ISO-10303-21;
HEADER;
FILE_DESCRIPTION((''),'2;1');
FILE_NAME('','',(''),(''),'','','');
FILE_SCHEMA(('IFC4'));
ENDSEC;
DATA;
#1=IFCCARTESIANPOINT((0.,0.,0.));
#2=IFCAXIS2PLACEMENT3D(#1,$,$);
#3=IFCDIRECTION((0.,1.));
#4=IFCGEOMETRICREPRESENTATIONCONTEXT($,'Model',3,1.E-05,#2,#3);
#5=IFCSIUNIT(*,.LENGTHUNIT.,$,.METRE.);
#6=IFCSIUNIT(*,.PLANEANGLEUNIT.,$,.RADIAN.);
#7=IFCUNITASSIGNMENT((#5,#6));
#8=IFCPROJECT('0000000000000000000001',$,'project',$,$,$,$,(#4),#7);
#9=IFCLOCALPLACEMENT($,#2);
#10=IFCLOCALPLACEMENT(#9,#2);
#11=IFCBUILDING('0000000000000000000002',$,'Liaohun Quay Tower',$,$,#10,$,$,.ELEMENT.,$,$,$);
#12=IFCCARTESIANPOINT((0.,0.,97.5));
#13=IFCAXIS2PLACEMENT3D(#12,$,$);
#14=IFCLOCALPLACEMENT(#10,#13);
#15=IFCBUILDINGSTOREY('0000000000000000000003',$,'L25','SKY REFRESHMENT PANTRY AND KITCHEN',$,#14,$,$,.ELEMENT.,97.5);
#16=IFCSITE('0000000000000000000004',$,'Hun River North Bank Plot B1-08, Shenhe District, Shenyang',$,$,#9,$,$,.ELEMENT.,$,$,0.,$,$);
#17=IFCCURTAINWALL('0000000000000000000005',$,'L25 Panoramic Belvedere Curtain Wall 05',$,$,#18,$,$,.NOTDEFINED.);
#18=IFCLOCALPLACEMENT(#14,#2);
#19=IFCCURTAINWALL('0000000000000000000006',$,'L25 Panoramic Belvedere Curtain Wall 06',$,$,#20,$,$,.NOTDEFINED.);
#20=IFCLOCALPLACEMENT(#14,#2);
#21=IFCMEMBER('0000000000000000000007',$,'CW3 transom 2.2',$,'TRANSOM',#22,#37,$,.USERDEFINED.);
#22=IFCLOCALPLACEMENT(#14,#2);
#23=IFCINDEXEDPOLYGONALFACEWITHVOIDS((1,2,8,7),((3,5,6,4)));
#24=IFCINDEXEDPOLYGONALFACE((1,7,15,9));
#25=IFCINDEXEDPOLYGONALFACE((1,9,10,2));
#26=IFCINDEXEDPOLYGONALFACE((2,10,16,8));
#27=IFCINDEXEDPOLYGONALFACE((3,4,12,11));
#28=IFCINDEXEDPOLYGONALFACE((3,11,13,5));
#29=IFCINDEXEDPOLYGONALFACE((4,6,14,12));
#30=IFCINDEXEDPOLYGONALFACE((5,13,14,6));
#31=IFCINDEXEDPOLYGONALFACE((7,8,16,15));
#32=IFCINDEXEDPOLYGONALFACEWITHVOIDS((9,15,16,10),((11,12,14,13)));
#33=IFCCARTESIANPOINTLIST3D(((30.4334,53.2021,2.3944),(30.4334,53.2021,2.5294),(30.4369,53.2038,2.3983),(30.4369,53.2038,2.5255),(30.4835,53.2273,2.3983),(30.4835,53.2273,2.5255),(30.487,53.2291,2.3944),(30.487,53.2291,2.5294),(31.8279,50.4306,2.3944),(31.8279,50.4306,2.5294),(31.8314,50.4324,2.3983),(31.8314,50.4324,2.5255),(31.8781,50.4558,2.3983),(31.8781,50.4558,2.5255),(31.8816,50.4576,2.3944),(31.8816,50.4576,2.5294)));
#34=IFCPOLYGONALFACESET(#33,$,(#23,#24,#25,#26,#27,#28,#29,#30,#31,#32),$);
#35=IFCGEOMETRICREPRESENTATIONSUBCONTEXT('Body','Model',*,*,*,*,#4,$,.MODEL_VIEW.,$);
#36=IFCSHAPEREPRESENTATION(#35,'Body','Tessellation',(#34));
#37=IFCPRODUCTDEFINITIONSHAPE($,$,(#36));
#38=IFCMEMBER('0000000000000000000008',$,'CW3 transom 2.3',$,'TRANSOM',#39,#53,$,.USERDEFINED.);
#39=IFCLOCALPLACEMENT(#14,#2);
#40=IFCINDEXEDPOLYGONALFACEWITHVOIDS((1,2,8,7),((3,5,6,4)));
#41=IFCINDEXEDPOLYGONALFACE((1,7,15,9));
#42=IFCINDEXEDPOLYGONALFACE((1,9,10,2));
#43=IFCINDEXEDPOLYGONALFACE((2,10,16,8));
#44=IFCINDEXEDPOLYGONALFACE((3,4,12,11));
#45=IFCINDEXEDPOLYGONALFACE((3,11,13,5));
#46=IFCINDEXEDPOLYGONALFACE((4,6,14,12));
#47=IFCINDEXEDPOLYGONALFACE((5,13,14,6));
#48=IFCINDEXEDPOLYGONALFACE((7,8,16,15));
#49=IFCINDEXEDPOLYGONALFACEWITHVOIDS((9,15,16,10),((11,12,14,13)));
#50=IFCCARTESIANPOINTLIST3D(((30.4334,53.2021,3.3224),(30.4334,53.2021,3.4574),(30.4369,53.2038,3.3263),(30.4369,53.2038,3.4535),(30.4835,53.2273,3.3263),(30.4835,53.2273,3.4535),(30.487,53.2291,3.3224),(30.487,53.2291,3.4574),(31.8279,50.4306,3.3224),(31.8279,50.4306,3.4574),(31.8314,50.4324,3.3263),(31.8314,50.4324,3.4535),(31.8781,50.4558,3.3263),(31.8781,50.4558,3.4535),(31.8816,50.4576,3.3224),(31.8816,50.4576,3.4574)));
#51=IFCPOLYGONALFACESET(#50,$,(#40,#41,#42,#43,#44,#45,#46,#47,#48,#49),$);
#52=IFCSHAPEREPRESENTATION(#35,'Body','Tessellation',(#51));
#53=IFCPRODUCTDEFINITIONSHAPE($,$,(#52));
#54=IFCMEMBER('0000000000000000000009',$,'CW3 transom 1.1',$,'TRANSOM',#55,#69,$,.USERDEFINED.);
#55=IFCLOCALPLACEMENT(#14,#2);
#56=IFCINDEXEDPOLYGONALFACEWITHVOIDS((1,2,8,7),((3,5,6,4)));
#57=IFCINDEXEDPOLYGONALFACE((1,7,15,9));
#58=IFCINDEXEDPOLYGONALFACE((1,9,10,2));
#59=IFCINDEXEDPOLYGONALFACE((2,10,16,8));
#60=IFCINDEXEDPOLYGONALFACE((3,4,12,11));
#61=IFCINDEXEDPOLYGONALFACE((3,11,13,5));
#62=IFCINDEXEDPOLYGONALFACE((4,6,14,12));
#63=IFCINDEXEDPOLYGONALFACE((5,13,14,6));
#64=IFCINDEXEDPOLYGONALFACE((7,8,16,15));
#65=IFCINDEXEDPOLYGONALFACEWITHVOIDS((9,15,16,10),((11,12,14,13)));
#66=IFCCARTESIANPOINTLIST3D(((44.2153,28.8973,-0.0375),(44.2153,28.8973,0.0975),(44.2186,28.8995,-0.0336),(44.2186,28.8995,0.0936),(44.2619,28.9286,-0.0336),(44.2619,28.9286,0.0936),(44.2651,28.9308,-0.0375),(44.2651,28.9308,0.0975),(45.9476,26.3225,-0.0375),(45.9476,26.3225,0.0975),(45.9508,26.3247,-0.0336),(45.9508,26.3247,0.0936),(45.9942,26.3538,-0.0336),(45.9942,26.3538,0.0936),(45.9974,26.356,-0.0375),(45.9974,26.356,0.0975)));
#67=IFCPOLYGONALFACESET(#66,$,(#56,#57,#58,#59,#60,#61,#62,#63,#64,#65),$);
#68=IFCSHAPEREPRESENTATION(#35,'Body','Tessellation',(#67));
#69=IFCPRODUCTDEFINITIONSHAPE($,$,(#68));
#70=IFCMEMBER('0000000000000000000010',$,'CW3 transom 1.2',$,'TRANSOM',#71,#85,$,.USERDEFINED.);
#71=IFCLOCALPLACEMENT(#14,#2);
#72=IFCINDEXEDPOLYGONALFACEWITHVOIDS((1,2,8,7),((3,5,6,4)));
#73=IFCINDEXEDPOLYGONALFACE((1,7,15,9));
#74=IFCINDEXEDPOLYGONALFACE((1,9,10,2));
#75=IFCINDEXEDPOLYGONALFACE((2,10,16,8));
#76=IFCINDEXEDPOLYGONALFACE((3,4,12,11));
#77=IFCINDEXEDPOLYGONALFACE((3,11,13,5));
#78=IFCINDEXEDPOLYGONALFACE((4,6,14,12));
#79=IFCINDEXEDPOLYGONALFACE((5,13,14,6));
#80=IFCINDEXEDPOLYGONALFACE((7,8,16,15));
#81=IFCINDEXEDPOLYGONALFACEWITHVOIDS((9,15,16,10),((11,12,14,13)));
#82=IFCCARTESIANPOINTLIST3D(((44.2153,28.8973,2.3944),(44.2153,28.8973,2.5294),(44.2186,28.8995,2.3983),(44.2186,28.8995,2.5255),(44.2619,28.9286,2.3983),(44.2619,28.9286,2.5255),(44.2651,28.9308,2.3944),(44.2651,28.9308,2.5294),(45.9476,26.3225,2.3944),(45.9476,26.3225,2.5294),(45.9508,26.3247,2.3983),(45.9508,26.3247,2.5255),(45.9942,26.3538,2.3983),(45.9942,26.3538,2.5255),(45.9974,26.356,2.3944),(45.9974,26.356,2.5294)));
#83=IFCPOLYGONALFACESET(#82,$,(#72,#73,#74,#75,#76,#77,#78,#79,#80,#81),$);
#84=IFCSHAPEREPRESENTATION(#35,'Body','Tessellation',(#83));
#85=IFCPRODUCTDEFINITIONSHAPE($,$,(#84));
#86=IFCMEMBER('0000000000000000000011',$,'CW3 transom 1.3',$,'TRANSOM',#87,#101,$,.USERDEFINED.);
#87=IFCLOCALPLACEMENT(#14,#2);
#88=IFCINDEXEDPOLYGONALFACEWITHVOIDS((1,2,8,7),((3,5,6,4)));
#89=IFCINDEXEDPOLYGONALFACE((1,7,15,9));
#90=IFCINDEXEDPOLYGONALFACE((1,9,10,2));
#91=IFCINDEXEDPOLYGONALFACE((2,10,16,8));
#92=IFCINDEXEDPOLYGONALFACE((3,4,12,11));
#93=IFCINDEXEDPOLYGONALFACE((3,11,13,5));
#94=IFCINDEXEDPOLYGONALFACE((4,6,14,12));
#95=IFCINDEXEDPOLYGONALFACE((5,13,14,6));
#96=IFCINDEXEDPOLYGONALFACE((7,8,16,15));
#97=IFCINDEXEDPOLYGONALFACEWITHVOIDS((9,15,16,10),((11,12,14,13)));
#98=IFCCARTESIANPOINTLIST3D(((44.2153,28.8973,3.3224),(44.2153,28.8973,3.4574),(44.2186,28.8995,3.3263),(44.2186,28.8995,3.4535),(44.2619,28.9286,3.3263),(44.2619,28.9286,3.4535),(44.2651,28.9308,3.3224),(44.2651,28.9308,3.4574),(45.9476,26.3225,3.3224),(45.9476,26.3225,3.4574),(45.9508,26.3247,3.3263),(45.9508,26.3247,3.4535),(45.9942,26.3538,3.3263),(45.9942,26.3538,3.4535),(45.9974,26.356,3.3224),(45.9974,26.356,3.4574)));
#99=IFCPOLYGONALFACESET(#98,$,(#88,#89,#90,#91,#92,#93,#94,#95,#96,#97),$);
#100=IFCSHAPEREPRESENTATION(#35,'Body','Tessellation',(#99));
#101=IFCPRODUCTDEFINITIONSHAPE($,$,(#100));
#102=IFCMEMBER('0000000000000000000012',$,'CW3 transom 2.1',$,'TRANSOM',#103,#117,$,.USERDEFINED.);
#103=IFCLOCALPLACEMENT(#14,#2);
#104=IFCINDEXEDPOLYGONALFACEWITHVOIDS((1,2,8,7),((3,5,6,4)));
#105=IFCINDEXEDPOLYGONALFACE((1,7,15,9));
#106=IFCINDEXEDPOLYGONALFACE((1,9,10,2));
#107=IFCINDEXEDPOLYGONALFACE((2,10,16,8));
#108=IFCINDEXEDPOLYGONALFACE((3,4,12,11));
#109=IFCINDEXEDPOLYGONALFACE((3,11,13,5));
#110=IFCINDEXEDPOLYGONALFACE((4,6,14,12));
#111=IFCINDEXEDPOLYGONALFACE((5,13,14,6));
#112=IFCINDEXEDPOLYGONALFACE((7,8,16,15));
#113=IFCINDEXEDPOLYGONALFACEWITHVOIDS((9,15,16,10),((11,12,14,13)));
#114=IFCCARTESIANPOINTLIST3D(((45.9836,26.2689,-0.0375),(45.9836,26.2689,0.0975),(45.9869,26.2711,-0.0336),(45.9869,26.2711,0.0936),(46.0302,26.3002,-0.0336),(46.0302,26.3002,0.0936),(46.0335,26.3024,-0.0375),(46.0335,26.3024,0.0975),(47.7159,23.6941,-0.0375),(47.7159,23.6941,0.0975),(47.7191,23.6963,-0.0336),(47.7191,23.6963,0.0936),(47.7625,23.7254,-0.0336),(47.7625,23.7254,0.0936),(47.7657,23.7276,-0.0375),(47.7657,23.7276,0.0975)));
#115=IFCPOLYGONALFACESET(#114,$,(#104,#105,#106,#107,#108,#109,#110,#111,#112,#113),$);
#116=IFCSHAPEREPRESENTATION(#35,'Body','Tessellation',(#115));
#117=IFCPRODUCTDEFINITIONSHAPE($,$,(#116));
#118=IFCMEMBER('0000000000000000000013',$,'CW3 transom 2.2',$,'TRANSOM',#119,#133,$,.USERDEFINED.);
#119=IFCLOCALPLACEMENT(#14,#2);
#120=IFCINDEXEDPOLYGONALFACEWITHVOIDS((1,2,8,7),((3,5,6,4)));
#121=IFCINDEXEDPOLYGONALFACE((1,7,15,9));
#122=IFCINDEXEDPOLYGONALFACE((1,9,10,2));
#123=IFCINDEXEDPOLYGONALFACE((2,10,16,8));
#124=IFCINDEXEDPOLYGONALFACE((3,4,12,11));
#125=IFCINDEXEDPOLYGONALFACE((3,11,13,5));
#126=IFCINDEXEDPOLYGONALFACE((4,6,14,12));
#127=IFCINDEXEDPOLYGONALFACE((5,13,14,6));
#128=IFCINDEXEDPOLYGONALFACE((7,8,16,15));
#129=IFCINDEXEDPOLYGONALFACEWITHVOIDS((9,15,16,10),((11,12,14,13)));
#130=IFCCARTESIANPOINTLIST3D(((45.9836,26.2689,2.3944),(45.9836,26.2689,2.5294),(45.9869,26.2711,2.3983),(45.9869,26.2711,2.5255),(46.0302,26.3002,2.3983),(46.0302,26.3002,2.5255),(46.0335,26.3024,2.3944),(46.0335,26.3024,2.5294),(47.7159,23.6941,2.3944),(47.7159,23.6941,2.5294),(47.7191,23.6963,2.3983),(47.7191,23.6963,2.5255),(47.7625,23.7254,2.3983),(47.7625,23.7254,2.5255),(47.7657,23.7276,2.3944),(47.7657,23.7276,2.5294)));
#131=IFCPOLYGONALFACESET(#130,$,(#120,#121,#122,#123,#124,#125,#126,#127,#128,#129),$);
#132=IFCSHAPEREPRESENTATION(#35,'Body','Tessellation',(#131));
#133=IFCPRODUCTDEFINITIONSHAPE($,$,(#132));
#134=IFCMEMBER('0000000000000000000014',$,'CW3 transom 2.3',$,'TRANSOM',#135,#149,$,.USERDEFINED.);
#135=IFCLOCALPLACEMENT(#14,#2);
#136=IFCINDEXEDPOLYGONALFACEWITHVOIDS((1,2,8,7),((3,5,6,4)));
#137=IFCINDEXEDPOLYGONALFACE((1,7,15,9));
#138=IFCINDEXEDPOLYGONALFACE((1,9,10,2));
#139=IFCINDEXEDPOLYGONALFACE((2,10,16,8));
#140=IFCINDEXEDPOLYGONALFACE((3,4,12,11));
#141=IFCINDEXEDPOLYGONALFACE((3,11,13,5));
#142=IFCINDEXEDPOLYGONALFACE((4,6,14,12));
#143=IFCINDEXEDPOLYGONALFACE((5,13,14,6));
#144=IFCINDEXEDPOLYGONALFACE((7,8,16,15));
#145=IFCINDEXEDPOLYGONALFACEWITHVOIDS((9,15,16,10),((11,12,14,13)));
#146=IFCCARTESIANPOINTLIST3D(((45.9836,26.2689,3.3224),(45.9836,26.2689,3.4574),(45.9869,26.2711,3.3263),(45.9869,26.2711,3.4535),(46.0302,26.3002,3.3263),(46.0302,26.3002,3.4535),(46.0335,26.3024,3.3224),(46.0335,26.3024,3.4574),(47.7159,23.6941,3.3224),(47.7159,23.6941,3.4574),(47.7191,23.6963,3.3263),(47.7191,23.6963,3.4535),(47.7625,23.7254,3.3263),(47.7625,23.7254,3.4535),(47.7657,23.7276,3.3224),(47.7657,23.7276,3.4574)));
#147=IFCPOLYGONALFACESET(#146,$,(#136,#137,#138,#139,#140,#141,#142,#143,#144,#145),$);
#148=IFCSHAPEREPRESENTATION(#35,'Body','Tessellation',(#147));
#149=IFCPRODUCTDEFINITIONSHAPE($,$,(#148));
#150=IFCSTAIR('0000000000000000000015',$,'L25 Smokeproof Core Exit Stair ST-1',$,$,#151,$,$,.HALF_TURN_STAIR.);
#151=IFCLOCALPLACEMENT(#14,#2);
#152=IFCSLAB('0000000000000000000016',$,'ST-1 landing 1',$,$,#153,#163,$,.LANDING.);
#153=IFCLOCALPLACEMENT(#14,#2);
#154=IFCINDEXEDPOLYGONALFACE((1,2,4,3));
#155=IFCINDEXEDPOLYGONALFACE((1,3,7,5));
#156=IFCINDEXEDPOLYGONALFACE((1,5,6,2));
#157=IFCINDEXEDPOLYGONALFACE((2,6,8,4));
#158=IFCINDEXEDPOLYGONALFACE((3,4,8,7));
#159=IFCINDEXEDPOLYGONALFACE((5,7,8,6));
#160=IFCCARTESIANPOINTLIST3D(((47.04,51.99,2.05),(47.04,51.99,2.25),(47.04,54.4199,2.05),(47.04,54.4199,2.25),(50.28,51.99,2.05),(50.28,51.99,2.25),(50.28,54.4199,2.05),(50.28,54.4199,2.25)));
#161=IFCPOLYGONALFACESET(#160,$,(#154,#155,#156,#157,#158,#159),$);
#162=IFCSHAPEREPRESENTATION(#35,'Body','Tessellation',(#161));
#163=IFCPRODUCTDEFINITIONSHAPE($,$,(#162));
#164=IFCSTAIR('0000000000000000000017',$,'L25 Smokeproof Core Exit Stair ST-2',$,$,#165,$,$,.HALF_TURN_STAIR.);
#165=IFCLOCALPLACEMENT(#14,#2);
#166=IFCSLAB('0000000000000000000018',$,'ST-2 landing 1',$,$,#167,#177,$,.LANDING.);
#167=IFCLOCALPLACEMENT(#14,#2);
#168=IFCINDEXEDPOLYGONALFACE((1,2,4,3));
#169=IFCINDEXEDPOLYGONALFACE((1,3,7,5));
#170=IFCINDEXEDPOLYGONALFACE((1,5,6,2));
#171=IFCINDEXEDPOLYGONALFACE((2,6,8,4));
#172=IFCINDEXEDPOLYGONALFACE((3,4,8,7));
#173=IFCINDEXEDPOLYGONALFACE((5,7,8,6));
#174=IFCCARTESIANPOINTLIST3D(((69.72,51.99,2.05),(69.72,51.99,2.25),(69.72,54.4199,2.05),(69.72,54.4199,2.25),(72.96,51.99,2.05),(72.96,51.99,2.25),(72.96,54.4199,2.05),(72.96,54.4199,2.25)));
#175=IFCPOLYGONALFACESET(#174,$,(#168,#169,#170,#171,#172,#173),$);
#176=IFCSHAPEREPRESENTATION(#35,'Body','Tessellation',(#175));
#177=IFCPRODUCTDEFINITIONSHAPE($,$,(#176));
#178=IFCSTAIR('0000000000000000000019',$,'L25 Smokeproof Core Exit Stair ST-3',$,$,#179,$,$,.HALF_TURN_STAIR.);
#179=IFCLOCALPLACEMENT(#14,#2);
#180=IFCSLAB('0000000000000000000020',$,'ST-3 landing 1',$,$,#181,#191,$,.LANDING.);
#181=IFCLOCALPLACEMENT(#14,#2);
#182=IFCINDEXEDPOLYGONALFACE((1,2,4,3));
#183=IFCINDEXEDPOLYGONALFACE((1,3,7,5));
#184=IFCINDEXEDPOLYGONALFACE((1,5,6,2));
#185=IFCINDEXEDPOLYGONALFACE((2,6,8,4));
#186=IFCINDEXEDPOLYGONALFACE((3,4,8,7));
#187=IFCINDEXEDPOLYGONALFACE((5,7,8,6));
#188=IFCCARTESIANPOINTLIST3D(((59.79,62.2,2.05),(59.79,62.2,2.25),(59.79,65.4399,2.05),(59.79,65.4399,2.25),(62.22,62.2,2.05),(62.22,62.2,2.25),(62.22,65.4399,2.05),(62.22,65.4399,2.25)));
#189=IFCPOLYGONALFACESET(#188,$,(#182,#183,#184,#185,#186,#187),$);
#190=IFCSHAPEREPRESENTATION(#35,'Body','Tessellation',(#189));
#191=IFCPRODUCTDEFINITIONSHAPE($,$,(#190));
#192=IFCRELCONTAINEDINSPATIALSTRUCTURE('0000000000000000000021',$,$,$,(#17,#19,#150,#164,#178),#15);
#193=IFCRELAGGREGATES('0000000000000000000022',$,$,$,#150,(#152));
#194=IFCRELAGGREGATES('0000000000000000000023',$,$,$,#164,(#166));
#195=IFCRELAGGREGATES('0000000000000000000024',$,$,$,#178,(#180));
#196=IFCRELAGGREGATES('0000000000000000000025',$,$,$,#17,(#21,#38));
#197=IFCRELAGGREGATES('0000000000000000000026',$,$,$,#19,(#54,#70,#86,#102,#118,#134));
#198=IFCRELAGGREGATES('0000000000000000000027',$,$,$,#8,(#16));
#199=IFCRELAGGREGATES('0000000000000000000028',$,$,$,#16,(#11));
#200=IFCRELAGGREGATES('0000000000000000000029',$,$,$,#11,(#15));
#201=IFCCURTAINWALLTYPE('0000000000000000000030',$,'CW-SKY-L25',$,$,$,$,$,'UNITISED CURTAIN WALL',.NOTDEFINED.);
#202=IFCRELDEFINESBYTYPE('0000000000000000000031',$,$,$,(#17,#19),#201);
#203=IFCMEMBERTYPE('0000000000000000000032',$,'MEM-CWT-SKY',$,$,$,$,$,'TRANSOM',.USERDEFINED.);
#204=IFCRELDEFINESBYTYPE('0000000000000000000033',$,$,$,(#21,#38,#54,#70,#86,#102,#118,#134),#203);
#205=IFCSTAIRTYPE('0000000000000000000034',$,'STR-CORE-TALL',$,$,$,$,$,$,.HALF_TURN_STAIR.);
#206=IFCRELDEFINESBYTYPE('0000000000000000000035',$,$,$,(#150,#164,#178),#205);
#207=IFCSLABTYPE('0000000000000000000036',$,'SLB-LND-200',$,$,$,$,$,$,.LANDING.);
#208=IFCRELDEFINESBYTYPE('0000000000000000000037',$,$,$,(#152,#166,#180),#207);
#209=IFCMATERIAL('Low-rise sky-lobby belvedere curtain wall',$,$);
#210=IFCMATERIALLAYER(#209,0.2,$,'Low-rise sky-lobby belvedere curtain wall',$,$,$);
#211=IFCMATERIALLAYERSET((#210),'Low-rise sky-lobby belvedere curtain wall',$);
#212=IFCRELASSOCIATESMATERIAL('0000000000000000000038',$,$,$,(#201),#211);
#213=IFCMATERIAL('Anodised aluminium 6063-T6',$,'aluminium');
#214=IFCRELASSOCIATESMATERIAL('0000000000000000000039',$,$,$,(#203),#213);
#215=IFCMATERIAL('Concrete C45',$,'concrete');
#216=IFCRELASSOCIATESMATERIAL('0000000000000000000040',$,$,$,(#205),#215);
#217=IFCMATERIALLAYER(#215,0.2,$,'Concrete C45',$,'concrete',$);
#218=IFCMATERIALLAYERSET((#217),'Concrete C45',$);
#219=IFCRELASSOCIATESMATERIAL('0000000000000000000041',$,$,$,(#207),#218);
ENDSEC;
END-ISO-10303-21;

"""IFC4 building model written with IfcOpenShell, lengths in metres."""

from ifc_helpers import new_model, si_unit, direction, frame, origin, origin_2d, place, context, subcontext, project, spatial, polyline, hollow_rectangle, outline, extrude, source, transform, mapped, material, layer, layer_set, material_profile, profile_set, type_object, element, aggregate, save


model = new_model("IFC4")

# Units and contexts
model_context = context("Model", 3, precision=1e-05, world=origin(), true_north=direction((0.0, 1.0)))
body_context = subcontext(model_context, "Body", "Model", "MODEL_VIEW")
ifc_project = project(units=[si_unit("LENGTHUNIT", "METRE"), si_unit("PLANEANGLEUNIT", "RADIAN")], contexts=[model_context])

# Site, building, storey
site_placement = place(None, origin())
site = spatial("IfcSite", under=ifc_project, at=site_placement, Name="Hun River North Bank Plot B1-08, Shenhe District, Shenyang", CompositionType="ELEMENT", RefElevation=0.0)
building_placement = place(site_placement, origin())
building = spatial("IfcBuilding", under=site, at=building_placement, Name="Liaohun Quay Tower", CompositionType="ELEMENT")
storey_placement = place(building_placement, frame((0.0, 0.0, 97.5)))
storey = spatial("IfcBuildingStorey", under=building, at=storey_placement, Name="L25", Description="SKY REFRESHMENT PANTRY AND KITCHEN", CompositionType="ELEMENT", Elevation=97.5)

# Curtain walls
ifc_material_1 = material(Name="Low-rise sky-lobby belvedere curtain wall")
ifc_layer_1 = layer(ifc_material_1, 0.2, Name="Low-rise sky-lobby belvedere curtain wall")
ifc_layer_set_1 = layer_set([ifc_layer_1], Name="Low-rise sky-lobby belvedere curtain wall")
curtain_wall_type = type_object("IfcCurtainWallType", Name="CW-SKY-L25", ElementType="UNITISED CURTAIN WALL", PredefinedType="NOTDEFINED", material=ifc_layer_set_1)
curtain_wall_1_placement = place(storey_placement, origin())
curtain_wall_1 = element("IfcCurtainWall", 1, at=curtain_wall_1_placement, inside=storey, type_object=curtain_wall_type, Name="L25 Panoramic Belvedere Curtain Wall 05", PredefinedType="NOTDEFINED")
ifc_material_2 = material(Name="Anodised aluminium 6063-T6", Category="aluminium")
curtain_wall_2_placement = place(storey_placement, origin())
curtain_wall_2 = element("IfcCurtainWall", 2, at=curtain_wall_2_placement, inside=storey, type_object=curtain_wall_type, Name="L25 Panoramic Belvedere Curtain Wall 06", PredefinedType="NOTDEFINED")

# Members
ifc_material_profile_1 = material_profile(ifc_material_2, hollow_rectangle(XDim=0.0601, YDim=0.135, WallThickness=0.0039, at=origin_2d()), Name="RHS135x60x4")
ifc_profile_set_1 = profile_set([ifc_material_profile_1], Name="Anodised aluminium 6063-T6")
member_type_1 = type_object("IfcMemberType", Name="MEM-CWT-SKY", ElementType="TRANSOM", PredefinedType="USERDEFINED", material=ifc_profile_set_1)
shared_shape_1 = source(origin(), body_context, "Body", "SweptSolid", [
    extrude(hollow_rectangle(XDim=0.0601, YDim=0.135, WallThickness=0.0039, at=origin_2d()), origin(), (0.0, 0.0, 1.0), 3.1025),
])
member_1_placement = place(storey_placement, frame((30.4602, 53.2156, 2.4619), z_axis=(0.449478, -0.893291, 0.0), x_axis=(0.893291, 0.449478, 0.0)))
member_1 = element("IfcMember", 3, at=member_1_placement, type_object=member_type_1, Name="CW3 transom 2.2", ObjectType="TRANSOM", PredefinedType="USERDEFINED", context=body_context, shape_type="MappedRepresentation", body=[
    mapped(shared_shape_1, transform((0.0, 0.0, 0.0), x_axis=(1.0, 0.0, 0.0), y_axis=(0.0, 1.0, 0.0), z_axis=(0.0, 0.0, 1.0), scale=1.0)),
])
member_2_placement = place(storey_placement, frame((30.4602, 53.2156, 3.3899), z_axis=(0.449478, -0.893291, 0.0), x_axis=(0.893291, 0.449478, 0.0)))
member_2 = element("IfcMember", 4, at=member_2_placement, type_object=member_type_1, Name="CW3 transom 2.3", ObjectType="TRANSOM", PredefinedType="USERDEFINED", context=body_context, shape_type="MappedRepresentation", body=[
    mapped(shared_shape_1, transform((0.0, 0.0, 0.0), x_axis=(1.0, 0.0, 0.0), y_axis=(0.0, 1.0, 0.0), z_axis=(0.0, 0.0, 1.0), scale=1.0)),
])
shared_shape_2 = source(origin(), body_context, "Body", "SweptSolid", [
    extrude(hollow_rectangle(XDim=0.0601, YDim=0.135, WallThickness=0.0039, at=origin_2d()), origin(), (0.0, 0.0, 1.0), 3.1033),
])
member_3_placement = place(storey_placement, frame((44.2402, 28.9141, 0.03), z_axis=(0.558199, -0.829707, 0.0), x_axis=(0.829707, 0.558199, 0.0)))
member_3 = element("IfcMember", 5, at=member_3_placement, type_object=member_type_1, Name="CW3 transom 1.1", ObjectType="TRANSOM", PredefinedType="USERDEFINED", context=body_context, shape_type="MappedRepresentation", body=[
    mapped(shared_shape_2, transform((0.0, 0.0, 0.0), x_axis=(1.0, 0.0, 0.0), y_axis=(0.0, 1.0, 0.0), z_axis=(0.0, 0.0, 1.0), scale=1.0)),
])
member_4_placement = place(storey_placement, frame((44.2402, 28.9141, 2.4619), z_axis=(0.558199, -0.829707, 0.0), x_axis=(0.829707, 0.558199, 0.0)))
member_4 = element("IfcMember", 6, at=member_4_placement, type_object=member_type_1, Name="CW3 transom 1.2", ObjectType="TRANSOM", PredefinedType="USERDEFINED", context=body_context, shape_type="MappedRepresentation", body=[
    mapped(shared_shape_2, transform((0.0, 0.0, 0.0), x_axis=(1.0, 0.0, 0.0), y_axis=(0.0, 1.0, 0.0), z_axis=(0.0, 0.0, 1.0), scale=1.0)),
])
member_5_placement = place(storey_placement, frame((44.2402, 28.9141, 3.3899), z_axis=(0.558199, -0.829707, 0.0), x_axis=(0.829707, 0.558199, 0.0)))
member_5 = element("IfcMember", 7, at=member_5_placement, type_object=member_type_1, Name="CW3 transom 1.3", ObjectType="TRANSOM", PredefinedType="USERDEFINED", context=body_context, shape_type="MappedRepresentation", body=[
    mapped(shared_shape_2, transform((0.0, 0.0, 0.0), x_axis=(1.0, 0.0, 0.0), y_axis=(0.0, 1.0, 0.0), z_axis=(0.0, 0.0, 1.0), scale=1.0)),
])
member_6_placement = place(storey_placement, frame((46.0085, 26.2856, 0.03), z_axis=(0.558199, -0.829707, 0.0), x_axis=(0.829707, 0.558199, 0.0)))
member_6 = element("IfcMember", 8, at=member_6_placement, type_object=member_type_1, Name="CW3 transom 2.1", ObjectType="TRANSOM", PredefinedType="USERDEFINED", context=body_context, shape_type="MappedRepresentation", body=[
    mapped(shared_shape_2, transform((0.0, 0.0, 0.0), x_axis=(1.0, 0.0, 0.0), y_axis=(0.0, 1.0, 0.0), z_axis=(0.0, 0.0, 1.0), scale=1.0)),
])
member_7_placement = place(storey_placement, frame((46.0085, 26.2856, 2.4619), z_axis=(0.558199, -0.829707, 0.0), x_axis=(0.829707, 0.558199, 0.0)))
member_7 = element("IfcMember", 9, at=member_7_placement, type_object=member_type_1, Name="CW3 transom 2.2", ObjectType="TRANSOM", PredefinedType="USERDEFINED", context=body_context, shape_type="MappedRepresentation", body=[
    mapped(shared_shape_2, transform((0.0, 0.0, 0.0), x_axis=(1.0, 0.0, 0.0), y_axis=(0.0, 1.0, 0.0), z_axis=(0.0, 0.0, 1.0), scale=1.0)),
])
member_8_placement = place(storey_placement, frame((46.0085, 26.2856, 3.3899), z_axis=(0.558199, -0.829707, 0.0), x_axis=(0.829707, 0.558199, 0.0)))
member_8 = element("IfcMember", 10, at=member_8_placement, type_object=member_type_1, Name="CW3 transom 2.3", ObjectType="TRANSOM", PredefinedType="USERDEFINED", context=body_context, shape_type="MappedRepresentation", body=[
    mapped(shared_shape_2, transform((0.0, 0.0, 0.0), x_axis=(1.0, 0.0, 0.0), y_axis=(0.0, 1.0, 0.0), z_axis=(0.0, 0.0, 1.0), scale=1.0)),
])

# Stairs, slabs
ifc_material_3 = material(Name="Concrete C45", Category="concrete")
stair_type = type_object("IfcStairType", Name="STR-CORE-TALL", PredefinedType="HALF_TURN_STAIR", material=ifc_material_3)
stair_1_placement = place(storey_placement, origin())
stair_1 = element("IfcStair", 11, at=stair_1_placement, inside=storey, type_object=stair_type, Name="L25 Smokeproof Core Exit Stair ST-1", PredefinedType="HALF_TURN_STAIR")
ifc_layer_2 = layer(ifc_material_3, 0.2, Name="Concrete C45", Category="concrete")
ifc_layer_set_2 = layer_set([ifc_layer_2], Name="Concrete C45")
slab_type_1 = type_object("IfcSlabType", Name="SLB-LND-200", PredefinedType="LANDING", material=ifc_layer_set_2)
slab_1_placement = place(storey_placement, frame((0.0, 0.0, 2.05)))
slab_1 = element("IfcSlab", 12, at=slab_1_placement, type_object=slab_type_1, Name="ST-1 landing 1", PredefinedType="LANDING", context=body_context, shape_type="SweptSolid", body=[
    extrude(outline(polyline([(50.28, 51.99), (50.28, 54.4199), (47.04, 54.4199), (47.04, 51.99), (50.28, 51.99)])), origin(), (0.0, 0.0, 1.0), 0.2),
])
aggregate(stair_1, [slab_1])
stair_2_placement = place(storey_placement, origin())
stair_2 = element("IfcStair", 13, at=stair_2_placement, inside=storey, type_object=stair_type, Name="L25 Smokeproof Core Exit Stair ST-2", PredefinedType="HALF_TURN_STAIR")
slab_2_placement = place(storey_placement, frame((0.0, 0.0, 2.05)))
slab_2 = element("IfcSlab", 14, at=slab_2_placement, type_object=slab_type_1, Name="ST-2 landing 1", PredefinedType="LANDING", context=body_context, shape_type="SweptSolid", body=[
    extrude(outline(polyline([(72.96, 51.99), (72.96, 54.4199), (69.72, 54.4199), (69.72, 51.99), (72.96, 51.99)])), origin(), (0.0, 0.0, 1.0), 0.2),
])
aggregate(stair_2, [slab_2])
stair_3_placement = place(storey_placement, origin())
stair_3 = element("IfcStair", 15, at=stair_3_placement, inside=storey, type_object=stair_type, Name="L25 Smokeproof Core Exit Stair ST-3", PredefinedType="HALF_TURN_STAIR")
slab_3_placement = place(storey_placement, frame((0.0, 0.0, 2.05)))
slab_3 = element("IfcSlab", 16, at=slab_3_placement, type_object=slab_type_1, Name="ST-3 landing 1", PredefinedType="LANDING", context=body_context, shape_type="SweptSolid", body=[
    extrude(outline(polyline([(59.79, 62.2), (62.22, 62.2), (62.22, 65.4399), (59.79, 65.4399), (59.79, 62.2)])), origin(), (0.0, 0.0, 1.0), 0.2),
])
aggregate(stair_3, [slab_3])

aggregate(curtain_wall_1, [member_1, member_2])
aggregate(curtain_wall_2, [member_3, member_4, member_5, member_6, member_7, member_8])

save(model, "model.ifc")
